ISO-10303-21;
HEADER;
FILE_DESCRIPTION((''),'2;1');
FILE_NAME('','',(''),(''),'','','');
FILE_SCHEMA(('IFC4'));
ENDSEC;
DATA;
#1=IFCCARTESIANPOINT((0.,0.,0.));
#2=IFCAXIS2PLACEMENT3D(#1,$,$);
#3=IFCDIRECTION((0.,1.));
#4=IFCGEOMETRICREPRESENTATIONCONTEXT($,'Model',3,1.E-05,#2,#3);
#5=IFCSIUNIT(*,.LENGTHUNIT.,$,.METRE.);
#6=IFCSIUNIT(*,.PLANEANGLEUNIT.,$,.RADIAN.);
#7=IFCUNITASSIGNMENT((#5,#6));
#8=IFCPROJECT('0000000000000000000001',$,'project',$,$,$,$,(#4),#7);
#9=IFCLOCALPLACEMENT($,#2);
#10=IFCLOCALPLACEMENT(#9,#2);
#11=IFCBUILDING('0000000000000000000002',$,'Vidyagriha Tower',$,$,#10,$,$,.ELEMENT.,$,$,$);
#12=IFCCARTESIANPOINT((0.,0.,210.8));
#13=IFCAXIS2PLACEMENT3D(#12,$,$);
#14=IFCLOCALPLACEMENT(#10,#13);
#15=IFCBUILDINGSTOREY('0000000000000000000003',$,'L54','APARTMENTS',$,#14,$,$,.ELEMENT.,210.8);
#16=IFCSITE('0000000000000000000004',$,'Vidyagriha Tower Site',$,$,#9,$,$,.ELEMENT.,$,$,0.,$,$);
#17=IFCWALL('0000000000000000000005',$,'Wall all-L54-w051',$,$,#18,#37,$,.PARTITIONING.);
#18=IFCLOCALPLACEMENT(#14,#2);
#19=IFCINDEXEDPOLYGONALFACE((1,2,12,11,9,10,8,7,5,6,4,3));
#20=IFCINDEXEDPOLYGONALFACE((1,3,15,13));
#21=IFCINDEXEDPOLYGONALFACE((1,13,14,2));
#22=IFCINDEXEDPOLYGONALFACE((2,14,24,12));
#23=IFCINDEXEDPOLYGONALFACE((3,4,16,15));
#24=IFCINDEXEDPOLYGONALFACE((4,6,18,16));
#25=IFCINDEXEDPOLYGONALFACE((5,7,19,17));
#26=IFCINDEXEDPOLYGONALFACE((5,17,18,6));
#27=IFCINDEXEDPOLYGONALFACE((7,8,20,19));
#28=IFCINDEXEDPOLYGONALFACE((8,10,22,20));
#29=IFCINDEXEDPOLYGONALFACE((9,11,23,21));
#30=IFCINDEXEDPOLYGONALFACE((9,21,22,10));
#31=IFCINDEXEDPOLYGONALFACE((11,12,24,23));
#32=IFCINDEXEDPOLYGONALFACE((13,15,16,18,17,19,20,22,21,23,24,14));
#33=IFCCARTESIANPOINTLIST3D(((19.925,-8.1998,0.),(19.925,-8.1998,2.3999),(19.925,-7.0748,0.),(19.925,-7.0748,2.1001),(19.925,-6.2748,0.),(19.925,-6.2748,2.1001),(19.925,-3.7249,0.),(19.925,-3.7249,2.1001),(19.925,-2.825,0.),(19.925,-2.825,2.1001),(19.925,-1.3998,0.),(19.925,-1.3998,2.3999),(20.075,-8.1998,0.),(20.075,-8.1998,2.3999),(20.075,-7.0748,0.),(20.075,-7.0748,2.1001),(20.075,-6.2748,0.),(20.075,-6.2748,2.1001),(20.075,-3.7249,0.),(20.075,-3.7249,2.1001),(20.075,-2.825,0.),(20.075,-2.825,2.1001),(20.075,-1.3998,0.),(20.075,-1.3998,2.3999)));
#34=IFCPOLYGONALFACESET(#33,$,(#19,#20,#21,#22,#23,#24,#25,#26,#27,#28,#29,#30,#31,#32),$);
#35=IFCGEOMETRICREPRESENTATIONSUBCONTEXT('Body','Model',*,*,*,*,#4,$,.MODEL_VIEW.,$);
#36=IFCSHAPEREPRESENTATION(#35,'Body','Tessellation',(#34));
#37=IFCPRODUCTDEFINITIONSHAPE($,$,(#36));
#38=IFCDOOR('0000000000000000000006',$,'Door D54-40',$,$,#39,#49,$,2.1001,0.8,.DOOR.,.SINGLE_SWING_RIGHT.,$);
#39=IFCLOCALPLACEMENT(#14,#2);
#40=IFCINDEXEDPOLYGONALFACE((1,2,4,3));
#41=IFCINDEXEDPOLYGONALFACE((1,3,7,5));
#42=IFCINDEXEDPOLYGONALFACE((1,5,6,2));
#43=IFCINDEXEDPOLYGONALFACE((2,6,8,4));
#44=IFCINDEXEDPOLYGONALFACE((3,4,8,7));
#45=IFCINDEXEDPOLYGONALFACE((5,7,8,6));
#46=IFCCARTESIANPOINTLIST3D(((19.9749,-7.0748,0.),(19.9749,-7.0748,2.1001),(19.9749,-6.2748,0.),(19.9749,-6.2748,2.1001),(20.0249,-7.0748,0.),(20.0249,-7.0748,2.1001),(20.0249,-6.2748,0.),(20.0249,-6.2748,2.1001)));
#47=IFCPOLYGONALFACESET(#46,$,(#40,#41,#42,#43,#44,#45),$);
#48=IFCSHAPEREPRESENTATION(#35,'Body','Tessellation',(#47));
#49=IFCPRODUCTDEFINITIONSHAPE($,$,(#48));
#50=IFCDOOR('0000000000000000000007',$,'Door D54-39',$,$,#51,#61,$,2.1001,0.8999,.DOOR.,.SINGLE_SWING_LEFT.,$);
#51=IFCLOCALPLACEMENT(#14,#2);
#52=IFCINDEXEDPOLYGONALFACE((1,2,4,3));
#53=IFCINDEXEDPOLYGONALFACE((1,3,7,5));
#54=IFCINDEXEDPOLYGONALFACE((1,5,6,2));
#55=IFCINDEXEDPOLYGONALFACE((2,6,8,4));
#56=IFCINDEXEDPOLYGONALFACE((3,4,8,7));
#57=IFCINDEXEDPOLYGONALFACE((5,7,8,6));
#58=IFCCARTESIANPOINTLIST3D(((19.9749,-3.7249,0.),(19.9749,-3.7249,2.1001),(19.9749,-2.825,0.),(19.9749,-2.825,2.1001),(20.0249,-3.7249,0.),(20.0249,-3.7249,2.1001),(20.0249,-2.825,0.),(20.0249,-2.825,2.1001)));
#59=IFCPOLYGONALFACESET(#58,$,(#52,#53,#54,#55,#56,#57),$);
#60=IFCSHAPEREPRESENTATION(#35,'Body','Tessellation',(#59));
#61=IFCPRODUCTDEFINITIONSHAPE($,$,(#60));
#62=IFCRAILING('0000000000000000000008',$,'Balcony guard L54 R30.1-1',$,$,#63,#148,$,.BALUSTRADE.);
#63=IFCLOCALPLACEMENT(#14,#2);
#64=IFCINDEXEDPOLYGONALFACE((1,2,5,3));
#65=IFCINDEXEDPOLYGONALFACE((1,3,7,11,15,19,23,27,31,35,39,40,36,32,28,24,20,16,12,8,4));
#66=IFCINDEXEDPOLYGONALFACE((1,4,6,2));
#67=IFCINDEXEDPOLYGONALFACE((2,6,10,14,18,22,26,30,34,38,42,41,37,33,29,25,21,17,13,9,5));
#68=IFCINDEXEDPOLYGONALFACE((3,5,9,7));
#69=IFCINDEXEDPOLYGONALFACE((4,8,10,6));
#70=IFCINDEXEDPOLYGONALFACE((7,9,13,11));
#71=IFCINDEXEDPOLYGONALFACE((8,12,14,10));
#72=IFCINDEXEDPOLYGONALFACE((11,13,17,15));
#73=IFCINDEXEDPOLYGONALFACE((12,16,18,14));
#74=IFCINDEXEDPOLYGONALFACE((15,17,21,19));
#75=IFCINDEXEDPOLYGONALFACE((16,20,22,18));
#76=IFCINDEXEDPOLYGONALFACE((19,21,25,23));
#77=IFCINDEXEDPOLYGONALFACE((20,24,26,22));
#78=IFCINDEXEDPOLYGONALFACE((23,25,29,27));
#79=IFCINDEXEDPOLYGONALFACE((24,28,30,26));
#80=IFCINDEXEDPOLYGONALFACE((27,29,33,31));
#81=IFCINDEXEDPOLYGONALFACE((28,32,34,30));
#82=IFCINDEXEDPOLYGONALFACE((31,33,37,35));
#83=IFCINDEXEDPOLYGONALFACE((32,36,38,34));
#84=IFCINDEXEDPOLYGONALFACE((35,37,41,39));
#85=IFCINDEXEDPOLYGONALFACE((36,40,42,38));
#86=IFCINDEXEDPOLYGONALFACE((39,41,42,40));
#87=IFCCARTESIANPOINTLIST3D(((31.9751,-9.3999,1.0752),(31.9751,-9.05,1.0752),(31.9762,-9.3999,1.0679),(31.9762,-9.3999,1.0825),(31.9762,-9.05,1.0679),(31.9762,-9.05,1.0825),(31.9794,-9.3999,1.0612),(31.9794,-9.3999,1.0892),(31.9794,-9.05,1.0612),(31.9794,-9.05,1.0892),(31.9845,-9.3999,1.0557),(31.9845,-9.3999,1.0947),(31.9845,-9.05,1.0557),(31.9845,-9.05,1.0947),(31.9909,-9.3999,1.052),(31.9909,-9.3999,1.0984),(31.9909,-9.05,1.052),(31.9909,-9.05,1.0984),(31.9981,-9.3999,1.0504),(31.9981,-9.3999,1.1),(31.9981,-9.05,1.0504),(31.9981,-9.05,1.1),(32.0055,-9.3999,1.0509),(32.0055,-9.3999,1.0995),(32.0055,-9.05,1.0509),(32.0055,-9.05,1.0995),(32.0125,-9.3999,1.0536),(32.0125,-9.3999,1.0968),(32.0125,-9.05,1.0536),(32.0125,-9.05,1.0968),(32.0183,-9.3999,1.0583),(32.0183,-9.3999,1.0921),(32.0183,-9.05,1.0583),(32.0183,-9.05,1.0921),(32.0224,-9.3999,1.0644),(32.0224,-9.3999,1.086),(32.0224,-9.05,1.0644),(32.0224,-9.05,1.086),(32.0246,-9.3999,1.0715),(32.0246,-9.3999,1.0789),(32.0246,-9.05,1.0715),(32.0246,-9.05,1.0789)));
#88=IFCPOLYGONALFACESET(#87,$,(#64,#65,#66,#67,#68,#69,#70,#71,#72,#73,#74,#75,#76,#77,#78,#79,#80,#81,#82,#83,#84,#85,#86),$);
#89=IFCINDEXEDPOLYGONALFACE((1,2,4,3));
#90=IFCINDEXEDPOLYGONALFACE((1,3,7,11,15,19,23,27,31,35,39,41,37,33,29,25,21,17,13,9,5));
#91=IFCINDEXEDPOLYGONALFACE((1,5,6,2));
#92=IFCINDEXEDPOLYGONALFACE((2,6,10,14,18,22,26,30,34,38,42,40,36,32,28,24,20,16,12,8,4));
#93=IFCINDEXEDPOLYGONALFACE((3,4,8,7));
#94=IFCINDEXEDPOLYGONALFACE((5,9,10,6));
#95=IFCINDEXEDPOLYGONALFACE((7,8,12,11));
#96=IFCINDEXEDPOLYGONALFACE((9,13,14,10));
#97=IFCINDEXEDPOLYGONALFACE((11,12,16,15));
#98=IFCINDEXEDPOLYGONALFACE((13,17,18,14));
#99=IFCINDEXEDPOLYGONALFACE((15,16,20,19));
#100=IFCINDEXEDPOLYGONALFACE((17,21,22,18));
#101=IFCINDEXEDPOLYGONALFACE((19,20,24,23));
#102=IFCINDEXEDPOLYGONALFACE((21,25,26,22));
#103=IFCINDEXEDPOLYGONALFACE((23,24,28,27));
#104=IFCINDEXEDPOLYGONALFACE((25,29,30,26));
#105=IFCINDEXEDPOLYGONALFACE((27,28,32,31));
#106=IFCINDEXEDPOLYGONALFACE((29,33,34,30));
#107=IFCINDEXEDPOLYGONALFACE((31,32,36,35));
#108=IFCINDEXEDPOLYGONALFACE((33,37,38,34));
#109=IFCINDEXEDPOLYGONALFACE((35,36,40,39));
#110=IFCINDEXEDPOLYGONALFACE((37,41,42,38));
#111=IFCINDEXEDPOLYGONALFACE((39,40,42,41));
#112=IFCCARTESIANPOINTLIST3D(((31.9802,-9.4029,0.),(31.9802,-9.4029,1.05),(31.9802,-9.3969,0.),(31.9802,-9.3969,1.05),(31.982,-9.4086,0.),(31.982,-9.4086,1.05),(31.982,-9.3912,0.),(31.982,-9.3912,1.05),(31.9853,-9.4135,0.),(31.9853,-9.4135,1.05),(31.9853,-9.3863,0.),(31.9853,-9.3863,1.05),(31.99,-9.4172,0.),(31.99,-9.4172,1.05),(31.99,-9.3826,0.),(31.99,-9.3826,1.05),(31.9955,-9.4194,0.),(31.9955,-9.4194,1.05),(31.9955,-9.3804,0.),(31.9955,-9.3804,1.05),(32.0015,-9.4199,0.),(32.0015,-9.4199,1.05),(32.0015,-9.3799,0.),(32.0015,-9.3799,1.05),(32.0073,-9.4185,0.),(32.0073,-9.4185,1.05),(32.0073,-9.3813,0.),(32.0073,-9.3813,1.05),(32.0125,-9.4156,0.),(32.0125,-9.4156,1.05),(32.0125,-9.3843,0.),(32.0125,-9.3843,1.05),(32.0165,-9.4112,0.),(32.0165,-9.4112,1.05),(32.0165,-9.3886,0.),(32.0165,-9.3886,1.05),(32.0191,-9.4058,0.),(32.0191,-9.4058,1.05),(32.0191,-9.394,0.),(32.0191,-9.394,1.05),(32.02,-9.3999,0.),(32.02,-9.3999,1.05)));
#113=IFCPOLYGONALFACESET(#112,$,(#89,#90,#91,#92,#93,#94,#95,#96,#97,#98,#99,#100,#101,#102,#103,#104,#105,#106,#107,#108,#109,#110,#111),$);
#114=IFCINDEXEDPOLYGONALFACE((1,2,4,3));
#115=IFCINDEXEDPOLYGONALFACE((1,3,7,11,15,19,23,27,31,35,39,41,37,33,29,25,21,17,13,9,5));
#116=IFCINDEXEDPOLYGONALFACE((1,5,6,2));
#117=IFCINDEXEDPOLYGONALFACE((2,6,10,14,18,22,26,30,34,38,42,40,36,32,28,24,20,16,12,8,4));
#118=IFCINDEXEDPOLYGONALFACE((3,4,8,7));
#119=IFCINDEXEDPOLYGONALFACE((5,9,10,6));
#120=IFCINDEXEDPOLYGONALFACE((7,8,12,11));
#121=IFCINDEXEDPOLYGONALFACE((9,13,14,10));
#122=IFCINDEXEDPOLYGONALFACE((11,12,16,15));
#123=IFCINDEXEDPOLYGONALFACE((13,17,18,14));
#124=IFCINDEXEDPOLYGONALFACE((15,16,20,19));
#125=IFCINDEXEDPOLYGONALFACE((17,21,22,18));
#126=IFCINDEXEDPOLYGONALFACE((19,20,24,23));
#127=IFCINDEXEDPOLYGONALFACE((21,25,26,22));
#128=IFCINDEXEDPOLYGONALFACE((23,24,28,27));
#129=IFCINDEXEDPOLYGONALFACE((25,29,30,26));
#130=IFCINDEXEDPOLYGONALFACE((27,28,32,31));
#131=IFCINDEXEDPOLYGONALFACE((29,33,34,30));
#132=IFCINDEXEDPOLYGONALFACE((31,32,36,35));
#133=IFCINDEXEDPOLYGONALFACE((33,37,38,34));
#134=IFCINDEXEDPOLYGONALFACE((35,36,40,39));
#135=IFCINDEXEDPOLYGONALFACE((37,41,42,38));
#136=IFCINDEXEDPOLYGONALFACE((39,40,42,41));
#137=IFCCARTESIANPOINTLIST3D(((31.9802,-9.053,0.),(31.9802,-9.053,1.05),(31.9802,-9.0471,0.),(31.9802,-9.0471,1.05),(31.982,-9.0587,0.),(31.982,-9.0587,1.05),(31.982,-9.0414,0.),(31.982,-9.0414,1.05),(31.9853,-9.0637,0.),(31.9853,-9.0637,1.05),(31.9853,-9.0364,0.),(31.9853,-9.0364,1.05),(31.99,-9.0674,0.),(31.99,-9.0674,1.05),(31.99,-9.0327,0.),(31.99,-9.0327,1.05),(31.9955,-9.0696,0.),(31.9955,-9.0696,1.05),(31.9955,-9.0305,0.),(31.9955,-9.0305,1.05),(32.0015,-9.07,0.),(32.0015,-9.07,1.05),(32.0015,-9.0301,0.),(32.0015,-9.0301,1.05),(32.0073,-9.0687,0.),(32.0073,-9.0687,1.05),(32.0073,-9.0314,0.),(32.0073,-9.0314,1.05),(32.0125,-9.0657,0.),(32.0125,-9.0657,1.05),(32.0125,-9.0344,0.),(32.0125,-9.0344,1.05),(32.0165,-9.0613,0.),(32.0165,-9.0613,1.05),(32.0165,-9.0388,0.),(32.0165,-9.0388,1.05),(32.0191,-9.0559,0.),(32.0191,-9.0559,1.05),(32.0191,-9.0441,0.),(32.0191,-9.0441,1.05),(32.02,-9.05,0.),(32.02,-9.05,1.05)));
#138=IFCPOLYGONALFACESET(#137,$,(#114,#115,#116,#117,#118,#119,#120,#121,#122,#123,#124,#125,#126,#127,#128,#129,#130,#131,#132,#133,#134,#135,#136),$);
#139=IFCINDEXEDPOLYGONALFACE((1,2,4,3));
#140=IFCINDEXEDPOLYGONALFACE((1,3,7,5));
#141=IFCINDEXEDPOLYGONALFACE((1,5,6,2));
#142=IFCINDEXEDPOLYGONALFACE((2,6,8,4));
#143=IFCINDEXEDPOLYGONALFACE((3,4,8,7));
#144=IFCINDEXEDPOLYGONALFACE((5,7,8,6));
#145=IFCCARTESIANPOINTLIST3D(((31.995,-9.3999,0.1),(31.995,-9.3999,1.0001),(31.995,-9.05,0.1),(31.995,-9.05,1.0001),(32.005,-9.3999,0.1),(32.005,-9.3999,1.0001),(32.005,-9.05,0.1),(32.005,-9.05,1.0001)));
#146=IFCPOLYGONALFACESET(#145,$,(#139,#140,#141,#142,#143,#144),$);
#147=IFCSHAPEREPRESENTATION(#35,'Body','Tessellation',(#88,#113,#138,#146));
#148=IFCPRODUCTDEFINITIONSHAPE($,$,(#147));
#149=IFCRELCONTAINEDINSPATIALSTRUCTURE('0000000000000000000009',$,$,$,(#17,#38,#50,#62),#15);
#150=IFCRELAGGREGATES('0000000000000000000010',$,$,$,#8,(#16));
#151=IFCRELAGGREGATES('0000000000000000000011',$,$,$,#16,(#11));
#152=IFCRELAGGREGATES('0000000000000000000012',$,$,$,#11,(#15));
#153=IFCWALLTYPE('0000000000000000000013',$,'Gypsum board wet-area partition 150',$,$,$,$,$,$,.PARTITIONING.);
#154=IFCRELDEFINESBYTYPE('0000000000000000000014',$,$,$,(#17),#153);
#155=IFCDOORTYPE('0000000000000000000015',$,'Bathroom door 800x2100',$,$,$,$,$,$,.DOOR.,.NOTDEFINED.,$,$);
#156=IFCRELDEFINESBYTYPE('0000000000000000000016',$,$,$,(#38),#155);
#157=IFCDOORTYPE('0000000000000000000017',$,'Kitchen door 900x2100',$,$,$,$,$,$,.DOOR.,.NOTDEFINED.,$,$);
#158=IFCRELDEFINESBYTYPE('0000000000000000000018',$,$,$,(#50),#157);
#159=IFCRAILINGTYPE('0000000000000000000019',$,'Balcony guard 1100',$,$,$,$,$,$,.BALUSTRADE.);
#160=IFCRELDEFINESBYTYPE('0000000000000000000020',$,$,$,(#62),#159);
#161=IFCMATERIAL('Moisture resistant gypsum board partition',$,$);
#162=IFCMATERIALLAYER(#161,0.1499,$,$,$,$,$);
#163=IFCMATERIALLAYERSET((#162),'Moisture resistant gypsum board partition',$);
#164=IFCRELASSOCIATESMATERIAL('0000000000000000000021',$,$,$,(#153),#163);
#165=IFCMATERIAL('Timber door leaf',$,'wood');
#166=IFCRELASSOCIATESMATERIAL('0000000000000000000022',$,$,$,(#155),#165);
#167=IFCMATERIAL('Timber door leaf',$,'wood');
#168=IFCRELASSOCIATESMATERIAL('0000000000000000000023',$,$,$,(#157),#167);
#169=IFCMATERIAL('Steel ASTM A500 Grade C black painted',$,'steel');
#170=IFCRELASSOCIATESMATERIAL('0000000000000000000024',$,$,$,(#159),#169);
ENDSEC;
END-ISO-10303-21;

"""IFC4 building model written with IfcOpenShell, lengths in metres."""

from ifc_helpers import new_model, si_unit, direction, frame, frame_2d, origin, origin_2d, place, context, subcontext, project, spatial, rectangle, circle, extrude, material, layer, layer_set, type_object, element, fill, save


model = new_model("IFC4")

# Units and contexts
model_context = context("Model", 3, precision=1e-05, world=origin(), true_north=direction((0.0, 1.0)))
body_context = subcontext(model_context, "Body", "Model", "MODEL_VIEW")
ifc_project = project(units=[si_unit("LENGTHUNIT", "METRE"), si_unit("PLANEANGLEUNIT", "RADIAN")], contexts=[model_context])

# Site, building, storey
site_placement = place(None, origin())
site = spatial("IfcSite", under=ifc_project, at=site_placement, Name="Vidyagriha Tower Site", CompositionType="ELEMENT", RefElevation=0.0)
building_placement = place(site_placement, origin())
building = spatial("IfcBuilding", under=site, at=building_placement, Name="Vidyagriha Tower", CompositionType="ELEMENT")
storey_placement = place(building_placement, frame((0.0, 0.0, 210.8)))
storey = spatial("IfcBuildingStorey", under=building, at=storey_placement, Name="L54", Description="APARTMENTS", CompositionType="ELEMENT", Elevation=210.8)

# Wall, openings, doors
ifc_material_1 = material(Name="Moisture resistant gypsum board partition")
ifc_layer_1 = layer(ifc_material_1, 0.1499)
ifc_layer_set_1 = layer_set([ifc_layer_1], Name="Moisture resistant gypsum board partition")
wall_type_1 = type_object("IfcWallType", Name="Gypsum board wet-area partition 150", PredefinedType="PARTITIONING", material=ifc_layer_set_1)
wall_1_placement = place(storey_placement, frame((20.0, -1.3999, 0.0), z_axis=(0.0, 0.0, 1.0), x_axis=(0.0, -1.0, 0.0)))
wall_1 = element("IfcWall", 1, at=wall_1_placement, inside=storey, type_object=wall_type_1, Name="Wall all-L54-w051", PredefinedType="PARTITIONING", context=body_context, shape_type="SweptSolid", body=[
    extrude(rectangle(XDim=6.8, YDim=0.1499, at=frame_2d((3.3999, 0.0))), origin(), (0.0, 0.0, 1.0), 2.3999),
])
opening_1_placement = place(wall_1_placement, frame((1.425, 0.0, 0.0)))
opening_1 = element("IfcOpeningElement", 2, at=opening_1_placement, cuts=wall_1, PredefinedType="OPENING", context=body_context, shape_type="SweptSolid", body=[
    extrude(rectangle(XDim=0.8999, YDim=2.1001, at=frame_2d((0.45, 1.05))), frame((0.0, 0.085, 0.0), z_axis=(0.0, -1.0, 0.0), x_axis=(1.0, 0.0, 0.0)), (0.0, 0.0, 1.0), 0.1699),
])
opening_2_placement = place(wall_1_placement, frame((4.875, 0.0, 0.0)))
opening_2 = element("IfcOpeningElement", 3, at=opening_2_placement, cuts=wall_1, PredefinedType="OPENING", context=body_context, shape_type="SweptSolid", body=[
    extrude(rectangle(XDim=0.8, YDim=2.1001, at=frame_2d((0.3999, 1.05))), frame((0.0, 0.085, 0.0), z_axis=(0.0, -1.0, 0.0), x_axis=(1.0, 0.0, 0.0)), (0.0, 0.0, 1.0), 0.1699),
])
ifc_material_2 = material(Name="Timber door leaf", Category="wood")
door_type_1 = type_object("IfcDoorType", Name="Bathroom door 800x2100", OperationType="NOTDEFINED", PredefinedType="DOOR", material=ifc_material_2)
door_1_placement = place(opening_2_placement, origin())
door_1 = element("IfcDoor", 4, at=door_1_placement, inside=storey, type_object=door_type_1, Name="Door D54-40", OperationType="SINGLE_SWING_RIGHT", OverallHeight=2.1001, OverallWidth=0.8, PredefinedType="DOOR", context=body_context, shape_type="SweptSolid", body=[
    extrude(rectangle(XDim=0.8, YDim=2.1001, at=frame_2d((0.3999, 1.05))), frame((0.0, 0.0249, 0.0), z_axis=(0.0, -1.0, 0.0), x_axis=(1.0, 0.0, 0.0)), (0.0, 0.0, 1.0), 0.05),
])
fill(opening_2, door_1)
ifc_material_3 = material(Name="Timber door leaf", Category="wood")
door_type_2 = type_object("IfcDoorType", Name="Kitchen door 900x2100", OperationType="NOTDEFINED", PredefinedType="DOOR", material=ifc_material_3)
door_2_placement = place(opening_1_placement, origin())
door_2 = element("IfcDoor", 5, at=door_2_placement, inside=storey, type_object=door_type_2, Name="Door D54-39", OperationType="SINGLE_SWING_LEFT", OverallHeight=2.1001, OverallWidth=0.8999, PredefinedType="DOOR", context=body_context, shape_type="SweptSolid", body=[
    extrude(rectangle(XDim=0.8999, YDim=2.1001, at=frame_2d((0.45, 1.05))), frame((0.0, 0.0249, 0.0), z_axis=(0.0, -1.0, 0.0), x_axis=(1.0, 0.0, 0.0)), (0.0, 0.0, 1.0), 0.05),
])
fill(opening_1, door_2)

# Railing
ifc_material_4 = material(Name="Steel ASTM A500 Grade C black painted", Category="steel")
railing_type = type_object("IfcRailingType", Name="Balcony guard 1100", PredefinedType="BALUSTRADE", material=ifc_material_4)
railing_1_placement = place(storey_placement, frame((32.0, -9.3999, 0.0)))
element("IfcRailing", 6, at=railing_1_placement, inside=storey, type_object=railing_type, Name="Balcony guard L54 R30.1-1", PredefinedType="BALUSTRADE", context=body_context, shape_type="SweptSolid", body=[
    extrude(circle(Radius=0.0249, at=origin_2d()), frame((0.0, 0.0, 1.0752), z_axis=(0.0, 1.0, 0.0), x_axis=(-1.0, 0.0, 0.0)), (0.0, 0.0, 1.0), 0.3499),
    extrude(circle(Radius=0.02, at=origin_2d()), origin(), (0.0, 0.0, 1.0), 1.05),
    extrude(circle(Radius=0.02, at=origin_2d()), frame((0.0, 0.3499, 0.0)), (0.0, 0.0, 1.0), 1.05),
    extrude(rectangle(XDim=0.01, YDim=0.9001, at=origin_2d()), frame((0.0, 0.0, 0.55), z_axis=(0.0, 1.0, 0.0), x_axis=(-1.0, 0.0, 0.0)), (0.0, 0.0, 1.0), 0.3499),
])

save(model, "model.ifc")
